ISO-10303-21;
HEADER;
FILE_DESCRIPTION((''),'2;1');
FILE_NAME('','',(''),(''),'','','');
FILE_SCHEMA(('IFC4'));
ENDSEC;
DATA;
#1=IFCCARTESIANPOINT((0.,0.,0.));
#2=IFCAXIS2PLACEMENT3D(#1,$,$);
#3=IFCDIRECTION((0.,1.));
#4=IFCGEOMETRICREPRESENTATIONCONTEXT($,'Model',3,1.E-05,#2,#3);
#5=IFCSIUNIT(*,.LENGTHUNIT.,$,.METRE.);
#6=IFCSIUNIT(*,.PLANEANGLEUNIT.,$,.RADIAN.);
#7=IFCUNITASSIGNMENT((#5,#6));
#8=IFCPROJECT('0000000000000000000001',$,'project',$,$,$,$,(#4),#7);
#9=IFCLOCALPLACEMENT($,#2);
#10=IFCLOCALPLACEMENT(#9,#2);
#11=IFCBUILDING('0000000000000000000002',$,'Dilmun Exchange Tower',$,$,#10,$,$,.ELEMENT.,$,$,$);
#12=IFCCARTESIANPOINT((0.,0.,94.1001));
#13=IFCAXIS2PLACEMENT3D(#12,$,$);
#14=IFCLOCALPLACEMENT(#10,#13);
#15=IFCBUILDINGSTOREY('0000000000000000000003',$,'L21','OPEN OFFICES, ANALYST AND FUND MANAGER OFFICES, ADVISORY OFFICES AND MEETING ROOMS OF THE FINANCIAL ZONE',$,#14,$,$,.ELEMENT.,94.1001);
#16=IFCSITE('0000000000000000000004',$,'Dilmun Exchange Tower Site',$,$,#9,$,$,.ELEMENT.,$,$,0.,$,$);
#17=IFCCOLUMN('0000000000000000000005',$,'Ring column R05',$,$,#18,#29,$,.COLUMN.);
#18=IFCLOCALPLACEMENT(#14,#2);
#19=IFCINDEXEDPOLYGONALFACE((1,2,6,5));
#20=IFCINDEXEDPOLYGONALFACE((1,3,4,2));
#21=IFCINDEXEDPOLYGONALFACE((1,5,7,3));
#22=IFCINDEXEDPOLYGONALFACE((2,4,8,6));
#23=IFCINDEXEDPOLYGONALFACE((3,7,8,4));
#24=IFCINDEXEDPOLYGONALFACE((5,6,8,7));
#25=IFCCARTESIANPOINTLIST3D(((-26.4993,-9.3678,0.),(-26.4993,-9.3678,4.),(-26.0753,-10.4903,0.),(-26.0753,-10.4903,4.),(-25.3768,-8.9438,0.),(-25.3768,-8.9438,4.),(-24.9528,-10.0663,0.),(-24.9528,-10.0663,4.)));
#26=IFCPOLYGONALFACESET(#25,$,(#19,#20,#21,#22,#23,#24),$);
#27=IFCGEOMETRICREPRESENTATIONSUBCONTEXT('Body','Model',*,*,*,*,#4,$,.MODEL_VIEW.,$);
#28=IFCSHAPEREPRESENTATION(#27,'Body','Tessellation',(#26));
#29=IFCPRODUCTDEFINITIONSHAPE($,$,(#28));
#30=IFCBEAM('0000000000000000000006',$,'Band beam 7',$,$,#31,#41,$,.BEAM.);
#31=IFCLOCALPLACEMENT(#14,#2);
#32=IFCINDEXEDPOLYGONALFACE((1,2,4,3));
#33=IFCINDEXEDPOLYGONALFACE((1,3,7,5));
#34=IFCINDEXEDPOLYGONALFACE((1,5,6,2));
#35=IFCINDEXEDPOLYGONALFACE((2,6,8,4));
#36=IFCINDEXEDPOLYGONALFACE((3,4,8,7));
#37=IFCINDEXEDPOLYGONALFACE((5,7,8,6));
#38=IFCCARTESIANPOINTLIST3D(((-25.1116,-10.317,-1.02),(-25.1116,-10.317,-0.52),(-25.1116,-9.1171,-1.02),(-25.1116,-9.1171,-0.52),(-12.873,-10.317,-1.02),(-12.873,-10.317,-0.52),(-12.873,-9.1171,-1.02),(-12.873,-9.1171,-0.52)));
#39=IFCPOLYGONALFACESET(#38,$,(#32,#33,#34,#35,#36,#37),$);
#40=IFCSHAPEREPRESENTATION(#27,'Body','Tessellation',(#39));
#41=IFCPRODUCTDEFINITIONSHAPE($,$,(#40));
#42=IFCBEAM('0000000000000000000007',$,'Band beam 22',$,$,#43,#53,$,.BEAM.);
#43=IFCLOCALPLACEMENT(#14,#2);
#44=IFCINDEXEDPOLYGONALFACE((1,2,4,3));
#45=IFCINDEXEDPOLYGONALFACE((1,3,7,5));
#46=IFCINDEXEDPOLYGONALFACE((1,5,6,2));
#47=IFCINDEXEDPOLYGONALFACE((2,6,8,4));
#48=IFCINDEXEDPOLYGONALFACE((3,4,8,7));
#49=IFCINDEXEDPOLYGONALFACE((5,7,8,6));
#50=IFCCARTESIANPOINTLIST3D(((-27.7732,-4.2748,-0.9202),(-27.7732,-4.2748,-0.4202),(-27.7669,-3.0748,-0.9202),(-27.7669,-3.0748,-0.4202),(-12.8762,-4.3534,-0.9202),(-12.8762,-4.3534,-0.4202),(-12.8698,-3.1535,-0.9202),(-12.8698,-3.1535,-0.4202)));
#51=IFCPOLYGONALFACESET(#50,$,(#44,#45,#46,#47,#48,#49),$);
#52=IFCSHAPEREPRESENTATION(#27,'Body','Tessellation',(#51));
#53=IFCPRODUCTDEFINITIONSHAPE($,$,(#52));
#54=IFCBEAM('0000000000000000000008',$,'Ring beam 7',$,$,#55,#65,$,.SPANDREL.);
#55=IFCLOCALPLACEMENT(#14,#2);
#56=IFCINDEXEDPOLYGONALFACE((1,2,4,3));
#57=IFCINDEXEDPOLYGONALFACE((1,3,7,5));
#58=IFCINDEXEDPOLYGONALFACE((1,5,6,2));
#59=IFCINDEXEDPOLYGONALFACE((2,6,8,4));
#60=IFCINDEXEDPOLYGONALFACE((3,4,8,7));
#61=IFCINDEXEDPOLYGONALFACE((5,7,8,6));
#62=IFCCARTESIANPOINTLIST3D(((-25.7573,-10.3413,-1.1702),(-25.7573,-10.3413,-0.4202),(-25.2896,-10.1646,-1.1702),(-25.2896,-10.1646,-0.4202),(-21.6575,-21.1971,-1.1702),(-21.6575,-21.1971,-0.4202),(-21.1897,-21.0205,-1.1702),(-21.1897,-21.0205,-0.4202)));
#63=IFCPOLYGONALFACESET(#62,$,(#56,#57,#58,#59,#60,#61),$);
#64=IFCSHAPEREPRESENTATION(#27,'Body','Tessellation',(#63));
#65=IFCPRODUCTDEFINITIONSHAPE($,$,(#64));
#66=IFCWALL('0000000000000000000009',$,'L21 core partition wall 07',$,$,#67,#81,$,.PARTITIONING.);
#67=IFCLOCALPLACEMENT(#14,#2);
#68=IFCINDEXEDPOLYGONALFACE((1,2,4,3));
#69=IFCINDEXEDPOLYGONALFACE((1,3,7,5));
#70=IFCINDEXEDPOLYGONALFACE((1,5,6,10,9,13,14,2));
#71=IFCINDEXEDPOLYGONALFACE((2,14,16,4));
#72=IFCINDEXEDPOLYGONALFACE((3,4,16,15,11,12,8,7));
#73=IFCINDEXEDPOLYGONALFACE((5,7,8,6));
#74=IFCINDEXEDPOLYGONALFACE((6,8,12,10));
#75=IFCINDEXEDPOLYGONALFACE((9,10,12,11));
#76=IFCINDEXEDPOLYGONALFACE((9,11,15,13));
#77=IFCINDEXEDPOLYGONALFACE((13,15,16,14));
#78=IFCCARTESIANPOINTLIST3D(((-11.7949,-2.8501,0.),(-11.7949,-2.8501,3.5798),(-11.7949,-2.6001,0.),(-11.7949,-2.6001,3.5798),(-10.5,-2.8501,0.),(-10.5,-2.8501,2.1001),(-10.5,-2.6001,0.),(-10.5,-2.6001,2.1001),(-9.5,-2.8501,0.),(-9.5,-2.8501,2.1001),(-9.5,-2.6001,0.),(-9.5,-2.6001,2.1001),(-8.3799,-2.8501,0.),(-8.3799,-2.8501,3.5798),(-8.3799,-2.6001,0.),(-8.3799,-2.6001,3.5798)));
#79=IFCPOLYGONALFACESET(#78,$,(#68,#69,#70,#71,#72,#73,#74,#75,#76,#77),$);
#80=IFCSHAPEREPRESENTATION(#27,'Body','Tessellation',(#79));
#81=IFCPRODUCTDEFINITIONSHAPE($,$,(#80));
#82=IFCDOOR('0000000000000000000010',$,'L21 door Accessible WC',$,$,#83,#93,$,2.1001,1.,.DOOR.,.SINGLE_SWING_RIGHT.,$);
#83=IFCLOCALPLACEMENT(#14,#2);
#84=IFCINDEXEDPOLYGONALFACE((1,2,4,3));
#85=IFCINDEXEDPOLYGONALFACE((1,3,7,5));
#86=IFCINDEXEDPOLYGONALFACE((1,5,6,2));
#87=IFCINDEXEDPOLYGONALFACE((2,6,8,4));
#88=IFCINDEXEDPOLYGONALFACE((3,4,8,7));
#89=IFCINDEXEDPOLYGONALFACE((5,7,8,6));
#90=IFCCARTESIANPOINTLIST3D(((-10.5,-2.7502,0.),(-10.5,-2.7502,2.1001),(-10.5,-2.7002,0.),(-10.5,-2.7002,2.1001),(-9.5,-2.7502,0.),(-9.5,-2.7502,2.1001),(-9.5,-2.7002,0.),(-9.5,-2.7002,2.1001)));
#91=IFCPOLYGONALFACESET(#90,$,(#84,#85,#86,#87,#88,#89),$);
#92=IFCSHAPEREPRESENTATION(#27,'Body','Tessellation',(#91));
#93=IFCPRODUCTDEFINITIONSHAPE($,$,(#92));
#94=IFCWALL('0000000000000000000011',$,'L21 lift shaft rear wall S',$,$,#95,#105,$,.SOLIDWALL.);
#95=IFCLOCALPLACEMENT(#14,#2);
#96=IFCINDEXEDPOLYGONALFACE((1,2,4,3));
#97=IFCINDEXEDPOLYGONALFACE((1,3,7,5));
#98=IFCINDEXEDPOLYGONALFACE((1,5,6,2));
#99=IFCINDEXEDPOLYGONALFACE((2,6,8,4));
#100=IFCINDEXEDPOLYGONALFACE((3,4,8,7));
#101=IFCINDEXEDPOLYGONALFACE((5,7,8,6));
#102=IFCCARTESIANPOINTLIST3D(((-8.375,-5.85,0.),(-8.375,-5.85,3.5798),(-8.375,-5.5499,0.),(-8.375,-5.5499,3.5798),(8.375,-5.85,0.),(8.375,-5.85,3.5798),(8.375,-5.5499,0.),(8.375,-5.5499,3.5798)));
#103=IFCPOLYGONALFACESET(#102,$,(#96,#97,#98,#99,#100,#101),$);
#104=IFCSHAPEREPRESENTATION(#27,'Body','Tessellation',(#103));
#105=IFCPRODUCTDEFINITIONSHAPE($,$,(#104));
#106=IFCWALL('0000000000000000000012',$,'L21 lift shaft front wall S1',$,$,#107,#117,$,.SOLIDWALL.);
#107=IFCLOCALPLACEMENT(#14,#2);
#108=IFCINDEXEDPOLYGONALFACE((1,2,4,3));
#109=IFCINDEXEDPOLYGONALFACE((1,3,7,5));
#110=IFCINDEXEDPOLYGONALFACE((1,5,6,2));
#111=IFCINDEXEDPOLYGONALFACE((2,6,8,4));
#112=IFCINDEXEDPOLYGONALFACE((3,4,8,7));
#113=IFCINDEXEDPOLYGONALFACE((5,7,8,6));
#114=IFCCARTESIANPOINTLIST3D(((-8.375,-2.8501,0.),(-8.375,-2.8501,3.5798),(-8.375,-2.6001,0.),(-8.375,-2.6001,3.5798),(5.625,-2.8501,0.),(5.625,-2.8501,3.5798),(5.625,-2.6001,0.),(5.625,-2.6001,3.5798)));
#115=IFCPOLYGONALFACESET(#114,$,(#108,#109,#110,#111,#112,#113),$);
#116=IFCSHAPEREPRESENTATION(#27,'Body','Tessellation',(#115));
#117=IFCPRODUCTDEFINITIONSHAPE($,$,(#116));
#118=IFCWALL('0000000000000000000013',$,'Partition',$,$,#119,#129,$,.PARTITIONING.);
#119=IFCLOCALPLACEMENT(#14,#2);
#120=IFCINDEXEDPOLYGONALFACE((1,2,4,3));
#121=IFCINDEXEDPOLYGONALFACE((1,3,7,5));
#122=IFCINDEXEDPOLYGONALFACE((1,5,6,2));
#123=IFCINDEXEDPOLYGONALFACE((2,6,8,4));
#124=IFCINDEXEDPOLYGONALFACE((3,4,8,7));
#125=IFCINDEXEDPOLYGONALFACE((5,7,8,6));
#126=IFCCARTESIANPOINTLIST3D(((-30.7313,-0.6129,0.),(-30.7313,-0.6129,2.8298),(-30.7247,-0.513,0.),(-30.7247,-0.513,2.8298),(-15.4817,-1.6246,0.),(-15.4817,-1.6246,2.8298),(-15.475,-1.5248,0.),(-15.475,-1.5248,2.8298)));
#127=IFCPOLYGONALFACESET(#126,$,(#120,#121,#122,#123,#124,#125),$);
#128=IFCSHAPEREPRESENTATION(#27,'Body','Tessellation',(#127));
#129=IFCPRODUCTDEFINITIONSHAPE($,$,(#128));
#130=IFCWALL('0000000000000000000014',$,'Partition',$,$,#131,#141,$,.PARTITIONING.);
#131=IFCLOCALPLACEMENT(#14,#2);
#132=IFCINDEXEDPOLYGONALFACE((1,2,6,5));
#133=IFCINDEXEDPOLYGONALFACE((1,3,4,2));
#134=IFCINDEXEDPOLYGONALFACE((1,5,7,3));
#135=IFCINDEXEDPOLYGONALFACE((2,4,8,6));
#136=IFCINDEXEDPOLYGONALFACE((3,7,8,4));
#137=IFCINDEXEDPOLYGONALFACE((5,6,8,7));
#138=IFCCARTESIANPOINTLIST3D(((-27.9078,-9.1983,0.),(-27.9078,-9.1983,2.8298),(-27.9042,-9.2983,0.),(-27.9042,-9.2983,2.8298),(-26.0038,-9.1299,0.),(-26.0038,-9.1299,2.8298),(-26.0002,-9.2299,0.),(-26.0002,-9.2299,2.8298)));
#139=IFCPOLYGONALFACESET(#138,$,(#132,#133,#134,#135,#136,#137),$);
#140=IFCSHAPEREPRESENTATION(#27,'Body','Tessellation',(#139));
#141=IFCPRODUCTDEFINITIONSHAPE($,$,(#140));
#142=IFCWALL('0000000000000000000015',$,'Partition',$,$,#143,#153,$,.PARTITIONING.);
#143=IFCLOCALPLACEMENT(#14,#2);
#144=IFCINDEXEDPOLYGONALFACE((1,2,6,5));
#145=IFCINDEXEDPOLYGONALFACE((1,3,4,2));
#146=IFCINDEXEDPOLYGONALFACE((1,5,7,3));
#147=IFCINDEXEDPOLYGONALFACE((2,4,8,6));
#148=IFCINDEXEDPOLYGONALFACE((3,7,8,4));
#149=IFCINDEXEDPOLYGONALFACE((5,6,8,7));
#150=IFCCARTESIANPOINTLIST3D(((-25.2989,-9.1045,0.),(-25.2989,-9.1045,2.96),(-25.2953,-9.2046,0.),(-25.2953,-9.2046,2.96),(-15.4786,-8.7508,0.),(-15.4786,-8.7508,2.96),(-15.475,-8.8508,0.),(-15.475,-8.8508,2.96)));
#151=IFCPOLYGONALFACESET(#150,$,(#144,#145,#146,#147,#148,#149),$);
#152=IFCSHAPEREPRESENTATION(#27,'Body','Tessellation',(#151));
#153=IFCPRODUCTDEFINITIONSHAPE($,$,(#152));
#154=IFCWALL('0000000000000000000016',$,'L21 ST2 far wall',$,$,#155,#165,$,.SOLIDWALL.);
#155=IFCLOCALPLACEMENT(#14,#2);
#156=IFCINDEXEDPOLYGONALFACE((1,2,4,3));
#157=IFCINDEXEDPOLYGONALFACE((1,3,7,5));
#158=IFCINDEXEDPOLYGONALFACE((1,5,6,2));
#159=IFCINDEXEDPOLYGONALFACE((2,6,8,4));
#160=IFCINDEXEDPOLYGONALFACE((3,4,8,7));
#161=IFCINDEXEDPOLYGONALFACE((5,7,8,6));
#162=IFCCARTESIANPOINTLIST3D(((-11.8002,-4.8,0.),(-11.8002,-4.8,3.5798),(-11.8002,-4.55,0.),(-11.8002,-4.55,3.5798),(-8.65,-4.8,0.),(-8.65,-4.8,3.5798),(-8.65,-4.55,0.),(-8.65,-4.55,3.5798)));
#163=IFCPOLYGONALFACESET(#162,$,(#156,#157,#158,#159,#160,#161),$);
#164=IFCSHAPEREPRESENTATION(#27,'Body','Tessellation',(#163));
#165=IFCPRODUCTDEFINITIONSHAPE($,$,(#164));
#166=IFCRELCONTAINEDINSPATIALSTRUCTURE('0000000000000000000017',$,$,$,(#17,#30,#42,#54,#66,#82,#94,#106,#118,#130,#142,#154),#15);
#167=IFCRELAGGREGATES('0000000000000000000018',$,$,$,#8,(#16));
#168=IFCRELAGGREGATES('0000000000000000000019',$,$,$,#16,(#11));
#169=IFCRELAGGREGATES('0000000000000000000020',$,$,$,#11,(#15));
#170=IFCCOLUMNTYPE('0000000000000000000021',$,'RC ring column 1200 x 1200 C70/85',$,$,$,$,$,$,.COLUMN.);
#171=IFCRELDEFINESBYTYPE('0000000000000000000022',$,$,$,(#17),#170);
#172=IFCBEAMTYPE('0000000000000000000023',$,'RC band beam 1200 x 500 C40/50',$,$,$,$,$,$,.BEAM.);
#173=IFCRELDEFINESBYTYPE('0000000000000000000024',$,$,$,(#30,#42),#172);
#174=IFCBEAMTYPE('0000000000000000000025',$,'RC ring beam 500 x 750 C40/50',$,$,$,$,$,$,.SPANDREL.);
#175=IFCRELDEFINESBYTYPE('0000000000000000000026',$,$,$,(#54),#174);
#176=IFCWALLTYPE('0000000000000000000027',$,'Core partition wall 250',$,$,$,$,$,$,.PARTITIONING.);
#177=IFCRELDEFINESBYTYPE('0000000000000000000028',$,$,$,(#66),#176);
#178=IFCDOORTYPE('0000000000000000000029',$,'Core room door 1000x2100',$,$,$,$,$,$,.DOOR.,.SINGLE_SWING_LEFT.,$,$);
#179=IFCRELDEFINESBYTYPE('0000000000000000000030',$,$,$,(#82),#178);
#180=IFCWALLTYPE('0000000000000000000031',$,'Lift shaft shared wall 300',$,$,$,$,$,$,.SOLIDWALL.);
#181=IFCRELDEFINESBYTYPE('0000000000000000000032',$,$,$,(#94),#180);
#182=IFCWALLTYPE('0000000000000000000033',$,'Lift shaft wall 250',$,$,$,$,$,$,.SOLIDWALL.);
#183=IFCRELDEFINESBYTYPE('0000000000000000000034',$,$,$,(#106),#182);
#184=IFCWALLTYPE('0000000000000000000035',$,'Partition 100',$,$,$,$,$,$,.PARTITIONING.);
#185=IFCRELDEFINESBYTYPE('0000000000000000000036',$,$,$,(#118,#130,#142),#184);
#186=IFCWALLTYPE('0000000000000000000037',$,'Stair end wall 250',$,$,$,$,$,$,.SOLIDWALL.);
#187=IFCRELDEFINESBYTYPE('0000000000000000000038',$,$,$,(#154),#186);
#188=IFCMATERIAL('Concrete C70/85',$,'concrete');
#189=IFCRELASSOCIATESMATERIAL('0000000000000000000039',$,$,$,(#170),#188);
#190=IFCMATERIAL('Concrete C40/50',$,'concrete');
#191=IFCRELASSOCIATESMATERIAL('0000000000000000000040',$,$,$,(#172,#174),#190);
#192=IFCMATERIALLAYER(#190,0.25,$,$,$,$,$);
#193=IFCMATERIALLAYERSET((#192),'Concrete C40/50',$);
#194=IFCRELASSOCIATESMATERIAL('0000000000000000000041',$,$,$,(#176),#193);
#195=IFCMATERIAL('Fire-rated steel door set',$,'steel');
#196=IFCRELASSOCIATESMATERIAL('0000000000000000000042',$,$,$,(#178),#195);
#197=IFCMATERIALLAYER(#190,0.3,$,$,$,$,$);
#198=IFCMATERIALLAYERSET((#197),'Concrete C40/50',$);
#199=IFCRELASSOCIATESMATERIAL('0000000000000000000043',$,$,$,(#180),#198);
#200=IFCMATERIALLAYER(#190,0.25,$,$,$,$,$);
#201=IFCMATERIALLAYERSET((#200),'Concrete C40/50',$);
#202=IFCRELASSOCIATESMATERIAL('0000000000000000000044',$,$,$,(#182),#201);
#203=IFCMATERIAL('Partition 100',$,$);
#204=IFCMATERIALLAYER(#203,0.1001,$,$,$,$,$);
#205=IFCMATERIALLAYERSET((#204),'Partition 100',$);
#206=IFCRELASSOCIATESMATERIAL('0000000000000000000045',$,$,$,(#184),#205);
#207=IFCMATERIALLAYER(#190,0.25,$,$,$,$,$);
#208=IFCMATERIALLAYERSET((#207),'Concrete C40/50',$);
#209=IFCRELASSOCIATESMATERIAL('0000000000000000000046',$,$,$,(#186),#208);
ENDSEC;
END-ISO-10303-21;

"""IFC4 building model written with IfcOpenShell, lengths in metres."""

from ifc_helpers import new_model, si_unit, direction, frame, frame_2d, origin, origin_2d, place, context, subcontext, project, spatial, rectangle, extrude, material, layer, layer_set, material_profile, profile_set, type_object, element, fill, save


model = new_model("IFC4")

# Units and contexts
model_context = context("Model", 3, precision=1e-05, world=origin(), true_north=direction((0.0, 1.0)))
body_context = subcontext(model_context, "Body", "Model", "MODEL_VIEW")
ifc_project = project(units=[si_unit("LENGTHUNIT", "METRE"), si_unit("PLANEANGLEUNIT", "RADIAN")], contexts=[model_context])

# Site, building, storey
site_placement = place(None, origin())
site = spatial("IfcSite", under=ifc_project, at=site_placement, Name="Dilmun Exchange Tower Site", CompositionType="ELEMENT", RefElevation=0.0)
building_placement = place(site_placement, origin())
building = spatial("IfcBuilding", under=site, at=building_placement, Name="Dilmun Exchange Tower", CompositionType="ELEMENT")
storey_placement = place(building_placement, frame((0.0, 0.0, 94.1001)))
storey = spatial("IfcBuildingStorey", under=building, at=storey_placement, Name="L21", Description="OPEN OFFICES, ANALYST AND FUND MANAGER OFFICES, ADVISORY OFFICES AND MEETING ROOMS OF THE FINANCIAL ZONE", CompositionType="ELEMENT", Elevation=94.1001)

# Column
ifc_material_1 = material(Name="Concrete C70/85", Category="concrete")
ifc_material_profile_1 = material_profile(ifc_material_1, rectangle(XDim=1.2, YDim=1.2, at=origin_2d()), Name="1200 x 1200")
ifc_profile_set_1 = profile_set([ifc_material_profile_1], Name="Concrete C70/85")
column_type = type_object("IfcColumnType", Name="RC ring column 1200 x 1200 C70/85", PredefinedType="COLUMN", material=ifc_profile_set_1)
column_placement = place(storey_placement, frame((-25.7261, -9.717, 0.0), z_axis=(0.0, 0.0, 1.0), x_axis=(0.935492, 0.353349, 0.0)))
element("IfcColumn", 1, at=column_placement, inside=storey, type_object=column_type, Name="Ring column R05", PredefinedType="COLUMN", context=body_context, shape_type="SweptSolid", body=[
    extrude(rectangle(XDim=1.2, YDim=1.2, at=origin_2d()), origin(), (0.0, 0.0, 1.0), 4.0),
])

# Beams
ifc_material_2 = material(Name="Concrete C40/50", Category="concrete")
ifc_material_profile_2 = material_profile(ifc_material_2, rectangle(XDim=1.2, YDim=0.5, at=origin_2d()), Name="1200 x 500")
ifc_profile_set_2 = profile_set([ifc_material_profile_2], Name="Concrete C40/50")
beam_type_1 = type_object("IfcBeamType", Name="RC band beam 1200 x 500 C40/50", PredefinedType="BEAM", material=ifc_profile_set_2)
beam_1_placement = place(storey_placement, frame((-25.1116, -9.717, -0.77), z_axis=(1.0, 0.0, 0.0), x_axis=(0.0, 1.0, 0.0)))
element("IfcBeam", 2, at=beam_1_placement, inside=storey, type_object=beam_type_1, Name="Band beam 7", PredefinedType="BEAM", context=body_context, shape_type="SweptSolid", body=[
    extrude(rectangle(XDim=1.2, YDim=0.5, at=origin_2d()), origin(), (0.0, 0.0, 1.0), 12.2385),
])
beam_2_placement = place(storey_placement, frame((-27.77, -3.6748, -0.6702), z_axis=(0.999986, -0.005277, 0.0), x_axis=(0.005277, 0.999986, 0.0)))
element("IfcBeam", 3, at=beam_2_placement, inside=storey, type_object=beam_type_1, Name="Band beam 22", PredefinedType="BEAM", context=body_context, shape_type="SweptSolid", body=[
    extrude(rectangle(XDim=1.2, YDim=0.5, at=origin_2d()), origin(), (0.0, 0.0, 1.0), 14.8972),
])
ifc_material_profile_3 = material_profile(ifc_material_2, rectangle(XDim=0.5, YDim=0.75, at=origin_2d()), Name="500 x 750")
ifc_profile_set_3 = profile_set([ifc_material_profile_3], Name="Concrete C40/50")
beam_type_2 = type_object("IfcBeamType", Name="RC ring beam 500 x 750 C40/50", PredefinedType="SPANDREL", material=ifc_profile_set_3)
beam_3_placement = place(storey_placement, frame((-25.5234, -10.2529, -0.7952), z_axis=(0.353304, -0.935509, 0.0), x_axis=(0.935509, 0.353304, 0.0)))
element("IfcBeam", 4, at=beam_3_placement, inside=storey, type_object=beam_type_2, Name="Ring beam 7", PredefinedType="SPANDREL", context=body_context, shape_type="SweptSolid", body=[
    extrude(rectangle(XDim=0.5, YDim=0.75, at=origin_2d()), origin(), (0.0, 0.0, 1.0), 11.6042),
])

# Wall, opening, door
ifc_layer_1 = layer(ifc_material_2, 0.25)
ifc_layer_set_1 = layer_set([ifc_layer_1], Name="Concrete C40/50")
wall_type_1 = type_object("IfcWallType", Name="Core partition wall 250", PredefinedType="PARTITIONING", material=ifc_layer_set_1)
wall_1_placement = place(storey_placement, frame((-11.7949, -2.7251, 0.0), z_axis=(0.0, 0.0, 1.0), x_axis=(1.0, 0.0, 0.0)))
wall_1 = element("IfcWall", 5, at=wall_1_placement, inside=storey, type_object=wall_type_1, Name="L21 core partition wall 07", PredefinedType="PARTITIONING", context=body_context, shape_type="SweptSolid", body=[
    extrude(rectangle(XDim=3.415, YDim=0.25, at=frame_2d((1.7075, 0.0))), origin(), (0.0, 0.0, 1.0), 3.5798),
])
opening_1_placement = place(wall_1_placement, frame((1.2949, 0.0, 0.0)))
opening_1 = element("IfcOpeningElement", 6, at=opening_1_placement, cuts=wall_1, PredefinedType="OPENING", context=body_context, shape_type="SweptSolid", body=[
    extrude(rectangle(XDim=1.0, YDim=2.1001, at=frame_2d((0.5, 1.05))), frame((0.0, 0.135, 0.0), z_axis=(0.0, -1.0, 0.0), x_axis=(1.0, 0.0, 0.0)), (0.0, 0.0, 1.0), 0.27),
])
ifc_material_3 = material(Name="Fire-rated steel door set", Category="steel")
door_type = type_object("IfcDoorType", Name="Core room door 1000x2100", OperationType="SINGLE_SWING_LEFT", PredefinedType="DOOR", material=ifc_material_3)
door_1_placement = place(opening_1_placement, origin())
door_1 = element("IfcDoor", 7, at=door_1_placement, inside=storey, type_object=door_type, Name="L21 door Accessible WC", OperationType="SINGLE_SWING_RIGHT", OverallHeight=2.1001, OverallWidth=1.0, PredefinedType="DOOR", context=body_context, shape_type="SweptSolid", body=[
    extrude(rectangle(XDim=1.0, YDim=2.1001, at=frame_2d((0.5, 1.05))), frame((0.0, 0.0249, 0.0), z_axis=(0.0, -1.0, 0.0), x_axis=(1.0, 0.0, 0.0)), (0.0, 0.0, 1.0), 0.05),
])
fill(opening_1, door_1)

# Walls
ifc_layer_2 = layer(ifc_material_2, 0.3)
ifc_layer_set_2 = layer_set([ifc_layer_2], Name="Concrete C40/50")
wall_type_2 = type_object("IfcWallType", Name="Lift shaft shared wall 300", PredefinedType="SOLIDWALL", material=ifc_layer_set_2)
wall_2_placement = place(storey_placement, frame((-8.375, -5.7, 0.0), z_axis=(0.0, 0.0, 1.0), x_axis=(1.0, 0.0, 0.0)))
element("IfcWall", 8, at=wall_2_placement, inside=storey, type_object=wall_type_2, Name="L21 lift shaft rear wall S", PredefinedType="SOLIDWALL", context=body_context, shape_type="SweptSolid", body=[
    extrude(rectangle(XDim=16.75, YDim=0.3, at=frame_2d((8.375, 0.0))), origin(), (0.0, 0.0, 1.0), 3.5798),
])
ifc_layer_3 = layer(ifc_material_2, 0.25)
ifc_layer_set_3 = layer_set([ifc_layer_3], Name="Concrete C40/50")
wall_type_3 = type_object("IfcWallType", Name="Lift shaft wall 250", PredefinedType="SOLIDWALL", material=ifc_layer_set_3)
wall_3_placement = place(storey_placement, frame((-8.375, -2.7251, 0.0), z_axis=(0.0, 0.0, 1.0), x_axis=(1.0, 0.0, 0.0)))
element("IfcWall", 9, at=wall_3_placement, inside=storey, type_object=wall_type_3, Name="L21 lift shaft front wall S1", PredefinedType="SOLIDWALL", context=body_context, shape_type="SweptSolid", body=[
    extrude(rectangle(XDim=14.0, YDim=0.25, at=frame_2d((7.0, 0.0))), origin(), (0.0, 0.0, 1.0), 3.5798),
])
ifc_material_4 = material(Name="Partition 100")
ifc_layer_4 = layer(ifc_material_4, 0.1001)
ifc_layer_set_4 = layer_set([ifc_layer_4], Name="Partition 100")
wall_type_4 = type_object("IfcWallType", Name="Partition 100", PredefinedType="PARTITIONING", material=ifc_layer_set_4)
wall_4_placement = place(storey_placement, frame((-30.728, -0.563, 0.0), z_axis=(0.0, 0.0, 1.0), x_axis=(0.997807, -0.066198, 0.0)))
element("IfcWall", 10, at=wall_4_placement, inside=storey, type_object=wall_type_4, Name="Partition", PredefinedType="PARTITIONING", context=body_context, shape_type="SweptSolid", body=[
    extrude(rectangle(XDim=15.2832, YDim=0.1001, at=frame_2d((7.6416, 0.0))), origin(), (0.0, 0.0, 1.0), 2.8298),
])
wall_5_placement = place(storey_placement, frame((-27.906, -9.2483, 0.0), z_axis=(0.0, 0.0, 1.0), x_axis=(0.999356, 0.035879, 0.0)))
element("IfcWall", 11, at=wall_5_placement, inside=storey, type_object=wall_type_4, Name="Partition", PredefinedType="PARTITIONING", context=body_context, shape_type="SweptSolid", body=[
    extrude(rectangle(XDim=1.9053, YDim=0.1001, at=frame_2d((0.9526, 0.0))), origin(), (0.0, 0.0, 1.0), 2.8298),
])
wall_6_placement = place(storey_placement, frame((-25.2971, -9.1545, 0.0), z_axis=(0.0, 0.0, 1.0), x_axis=(0.999352, 0.036, 0.0)))
element("IfcWall", 12, at=wall_6_placement, inside=storey, type_object=wall_type_4, Name="Partition", PredefinedType="PARTITIONING", context=body_context, shape_type="SweptSolid", body=[
    extrude(rectangle(XDim=9.8267, YDim=0.1001, at=frame_2d((4.9133, 0.0))), origin(), (0.0, 0.0, 1.0), 2.96),
])
ifc_layer_5 = layer(ifc_material_2, 0.25)
ifc_layer_set_5 = layer_set([ifc_layer_5], Name="Concrete C40/50")
wall_type_5 = type_object("IfcWallType", Name="Stair end wall 250", PredefinedType="SOLIDWALL", material=ifc_layer_set_5)
wall_7_placement = place(storey_placement, frame((-8.6499, -4.675, 0.0), z_axis=(0.0, 0.0, 1.0), x_axis=(-1.0, 0.0, 0.0)))
element("IfcWall", 13, at=wall_7_placement, inside=storey, type_object=wall_type_5, Name="L21 ST2 far wall", PredefinedType="SOLIDWALL", context=body_context, shape_type="SweptSolid", body=[
    extrude(rectangle(XDim=3.1501, YDim=0.25, at=frame_2d((1.5752, 0.0))), origin(), (0.0, 0.0, 1.0), 3.5798),
])

save(model, "model.ifc")
